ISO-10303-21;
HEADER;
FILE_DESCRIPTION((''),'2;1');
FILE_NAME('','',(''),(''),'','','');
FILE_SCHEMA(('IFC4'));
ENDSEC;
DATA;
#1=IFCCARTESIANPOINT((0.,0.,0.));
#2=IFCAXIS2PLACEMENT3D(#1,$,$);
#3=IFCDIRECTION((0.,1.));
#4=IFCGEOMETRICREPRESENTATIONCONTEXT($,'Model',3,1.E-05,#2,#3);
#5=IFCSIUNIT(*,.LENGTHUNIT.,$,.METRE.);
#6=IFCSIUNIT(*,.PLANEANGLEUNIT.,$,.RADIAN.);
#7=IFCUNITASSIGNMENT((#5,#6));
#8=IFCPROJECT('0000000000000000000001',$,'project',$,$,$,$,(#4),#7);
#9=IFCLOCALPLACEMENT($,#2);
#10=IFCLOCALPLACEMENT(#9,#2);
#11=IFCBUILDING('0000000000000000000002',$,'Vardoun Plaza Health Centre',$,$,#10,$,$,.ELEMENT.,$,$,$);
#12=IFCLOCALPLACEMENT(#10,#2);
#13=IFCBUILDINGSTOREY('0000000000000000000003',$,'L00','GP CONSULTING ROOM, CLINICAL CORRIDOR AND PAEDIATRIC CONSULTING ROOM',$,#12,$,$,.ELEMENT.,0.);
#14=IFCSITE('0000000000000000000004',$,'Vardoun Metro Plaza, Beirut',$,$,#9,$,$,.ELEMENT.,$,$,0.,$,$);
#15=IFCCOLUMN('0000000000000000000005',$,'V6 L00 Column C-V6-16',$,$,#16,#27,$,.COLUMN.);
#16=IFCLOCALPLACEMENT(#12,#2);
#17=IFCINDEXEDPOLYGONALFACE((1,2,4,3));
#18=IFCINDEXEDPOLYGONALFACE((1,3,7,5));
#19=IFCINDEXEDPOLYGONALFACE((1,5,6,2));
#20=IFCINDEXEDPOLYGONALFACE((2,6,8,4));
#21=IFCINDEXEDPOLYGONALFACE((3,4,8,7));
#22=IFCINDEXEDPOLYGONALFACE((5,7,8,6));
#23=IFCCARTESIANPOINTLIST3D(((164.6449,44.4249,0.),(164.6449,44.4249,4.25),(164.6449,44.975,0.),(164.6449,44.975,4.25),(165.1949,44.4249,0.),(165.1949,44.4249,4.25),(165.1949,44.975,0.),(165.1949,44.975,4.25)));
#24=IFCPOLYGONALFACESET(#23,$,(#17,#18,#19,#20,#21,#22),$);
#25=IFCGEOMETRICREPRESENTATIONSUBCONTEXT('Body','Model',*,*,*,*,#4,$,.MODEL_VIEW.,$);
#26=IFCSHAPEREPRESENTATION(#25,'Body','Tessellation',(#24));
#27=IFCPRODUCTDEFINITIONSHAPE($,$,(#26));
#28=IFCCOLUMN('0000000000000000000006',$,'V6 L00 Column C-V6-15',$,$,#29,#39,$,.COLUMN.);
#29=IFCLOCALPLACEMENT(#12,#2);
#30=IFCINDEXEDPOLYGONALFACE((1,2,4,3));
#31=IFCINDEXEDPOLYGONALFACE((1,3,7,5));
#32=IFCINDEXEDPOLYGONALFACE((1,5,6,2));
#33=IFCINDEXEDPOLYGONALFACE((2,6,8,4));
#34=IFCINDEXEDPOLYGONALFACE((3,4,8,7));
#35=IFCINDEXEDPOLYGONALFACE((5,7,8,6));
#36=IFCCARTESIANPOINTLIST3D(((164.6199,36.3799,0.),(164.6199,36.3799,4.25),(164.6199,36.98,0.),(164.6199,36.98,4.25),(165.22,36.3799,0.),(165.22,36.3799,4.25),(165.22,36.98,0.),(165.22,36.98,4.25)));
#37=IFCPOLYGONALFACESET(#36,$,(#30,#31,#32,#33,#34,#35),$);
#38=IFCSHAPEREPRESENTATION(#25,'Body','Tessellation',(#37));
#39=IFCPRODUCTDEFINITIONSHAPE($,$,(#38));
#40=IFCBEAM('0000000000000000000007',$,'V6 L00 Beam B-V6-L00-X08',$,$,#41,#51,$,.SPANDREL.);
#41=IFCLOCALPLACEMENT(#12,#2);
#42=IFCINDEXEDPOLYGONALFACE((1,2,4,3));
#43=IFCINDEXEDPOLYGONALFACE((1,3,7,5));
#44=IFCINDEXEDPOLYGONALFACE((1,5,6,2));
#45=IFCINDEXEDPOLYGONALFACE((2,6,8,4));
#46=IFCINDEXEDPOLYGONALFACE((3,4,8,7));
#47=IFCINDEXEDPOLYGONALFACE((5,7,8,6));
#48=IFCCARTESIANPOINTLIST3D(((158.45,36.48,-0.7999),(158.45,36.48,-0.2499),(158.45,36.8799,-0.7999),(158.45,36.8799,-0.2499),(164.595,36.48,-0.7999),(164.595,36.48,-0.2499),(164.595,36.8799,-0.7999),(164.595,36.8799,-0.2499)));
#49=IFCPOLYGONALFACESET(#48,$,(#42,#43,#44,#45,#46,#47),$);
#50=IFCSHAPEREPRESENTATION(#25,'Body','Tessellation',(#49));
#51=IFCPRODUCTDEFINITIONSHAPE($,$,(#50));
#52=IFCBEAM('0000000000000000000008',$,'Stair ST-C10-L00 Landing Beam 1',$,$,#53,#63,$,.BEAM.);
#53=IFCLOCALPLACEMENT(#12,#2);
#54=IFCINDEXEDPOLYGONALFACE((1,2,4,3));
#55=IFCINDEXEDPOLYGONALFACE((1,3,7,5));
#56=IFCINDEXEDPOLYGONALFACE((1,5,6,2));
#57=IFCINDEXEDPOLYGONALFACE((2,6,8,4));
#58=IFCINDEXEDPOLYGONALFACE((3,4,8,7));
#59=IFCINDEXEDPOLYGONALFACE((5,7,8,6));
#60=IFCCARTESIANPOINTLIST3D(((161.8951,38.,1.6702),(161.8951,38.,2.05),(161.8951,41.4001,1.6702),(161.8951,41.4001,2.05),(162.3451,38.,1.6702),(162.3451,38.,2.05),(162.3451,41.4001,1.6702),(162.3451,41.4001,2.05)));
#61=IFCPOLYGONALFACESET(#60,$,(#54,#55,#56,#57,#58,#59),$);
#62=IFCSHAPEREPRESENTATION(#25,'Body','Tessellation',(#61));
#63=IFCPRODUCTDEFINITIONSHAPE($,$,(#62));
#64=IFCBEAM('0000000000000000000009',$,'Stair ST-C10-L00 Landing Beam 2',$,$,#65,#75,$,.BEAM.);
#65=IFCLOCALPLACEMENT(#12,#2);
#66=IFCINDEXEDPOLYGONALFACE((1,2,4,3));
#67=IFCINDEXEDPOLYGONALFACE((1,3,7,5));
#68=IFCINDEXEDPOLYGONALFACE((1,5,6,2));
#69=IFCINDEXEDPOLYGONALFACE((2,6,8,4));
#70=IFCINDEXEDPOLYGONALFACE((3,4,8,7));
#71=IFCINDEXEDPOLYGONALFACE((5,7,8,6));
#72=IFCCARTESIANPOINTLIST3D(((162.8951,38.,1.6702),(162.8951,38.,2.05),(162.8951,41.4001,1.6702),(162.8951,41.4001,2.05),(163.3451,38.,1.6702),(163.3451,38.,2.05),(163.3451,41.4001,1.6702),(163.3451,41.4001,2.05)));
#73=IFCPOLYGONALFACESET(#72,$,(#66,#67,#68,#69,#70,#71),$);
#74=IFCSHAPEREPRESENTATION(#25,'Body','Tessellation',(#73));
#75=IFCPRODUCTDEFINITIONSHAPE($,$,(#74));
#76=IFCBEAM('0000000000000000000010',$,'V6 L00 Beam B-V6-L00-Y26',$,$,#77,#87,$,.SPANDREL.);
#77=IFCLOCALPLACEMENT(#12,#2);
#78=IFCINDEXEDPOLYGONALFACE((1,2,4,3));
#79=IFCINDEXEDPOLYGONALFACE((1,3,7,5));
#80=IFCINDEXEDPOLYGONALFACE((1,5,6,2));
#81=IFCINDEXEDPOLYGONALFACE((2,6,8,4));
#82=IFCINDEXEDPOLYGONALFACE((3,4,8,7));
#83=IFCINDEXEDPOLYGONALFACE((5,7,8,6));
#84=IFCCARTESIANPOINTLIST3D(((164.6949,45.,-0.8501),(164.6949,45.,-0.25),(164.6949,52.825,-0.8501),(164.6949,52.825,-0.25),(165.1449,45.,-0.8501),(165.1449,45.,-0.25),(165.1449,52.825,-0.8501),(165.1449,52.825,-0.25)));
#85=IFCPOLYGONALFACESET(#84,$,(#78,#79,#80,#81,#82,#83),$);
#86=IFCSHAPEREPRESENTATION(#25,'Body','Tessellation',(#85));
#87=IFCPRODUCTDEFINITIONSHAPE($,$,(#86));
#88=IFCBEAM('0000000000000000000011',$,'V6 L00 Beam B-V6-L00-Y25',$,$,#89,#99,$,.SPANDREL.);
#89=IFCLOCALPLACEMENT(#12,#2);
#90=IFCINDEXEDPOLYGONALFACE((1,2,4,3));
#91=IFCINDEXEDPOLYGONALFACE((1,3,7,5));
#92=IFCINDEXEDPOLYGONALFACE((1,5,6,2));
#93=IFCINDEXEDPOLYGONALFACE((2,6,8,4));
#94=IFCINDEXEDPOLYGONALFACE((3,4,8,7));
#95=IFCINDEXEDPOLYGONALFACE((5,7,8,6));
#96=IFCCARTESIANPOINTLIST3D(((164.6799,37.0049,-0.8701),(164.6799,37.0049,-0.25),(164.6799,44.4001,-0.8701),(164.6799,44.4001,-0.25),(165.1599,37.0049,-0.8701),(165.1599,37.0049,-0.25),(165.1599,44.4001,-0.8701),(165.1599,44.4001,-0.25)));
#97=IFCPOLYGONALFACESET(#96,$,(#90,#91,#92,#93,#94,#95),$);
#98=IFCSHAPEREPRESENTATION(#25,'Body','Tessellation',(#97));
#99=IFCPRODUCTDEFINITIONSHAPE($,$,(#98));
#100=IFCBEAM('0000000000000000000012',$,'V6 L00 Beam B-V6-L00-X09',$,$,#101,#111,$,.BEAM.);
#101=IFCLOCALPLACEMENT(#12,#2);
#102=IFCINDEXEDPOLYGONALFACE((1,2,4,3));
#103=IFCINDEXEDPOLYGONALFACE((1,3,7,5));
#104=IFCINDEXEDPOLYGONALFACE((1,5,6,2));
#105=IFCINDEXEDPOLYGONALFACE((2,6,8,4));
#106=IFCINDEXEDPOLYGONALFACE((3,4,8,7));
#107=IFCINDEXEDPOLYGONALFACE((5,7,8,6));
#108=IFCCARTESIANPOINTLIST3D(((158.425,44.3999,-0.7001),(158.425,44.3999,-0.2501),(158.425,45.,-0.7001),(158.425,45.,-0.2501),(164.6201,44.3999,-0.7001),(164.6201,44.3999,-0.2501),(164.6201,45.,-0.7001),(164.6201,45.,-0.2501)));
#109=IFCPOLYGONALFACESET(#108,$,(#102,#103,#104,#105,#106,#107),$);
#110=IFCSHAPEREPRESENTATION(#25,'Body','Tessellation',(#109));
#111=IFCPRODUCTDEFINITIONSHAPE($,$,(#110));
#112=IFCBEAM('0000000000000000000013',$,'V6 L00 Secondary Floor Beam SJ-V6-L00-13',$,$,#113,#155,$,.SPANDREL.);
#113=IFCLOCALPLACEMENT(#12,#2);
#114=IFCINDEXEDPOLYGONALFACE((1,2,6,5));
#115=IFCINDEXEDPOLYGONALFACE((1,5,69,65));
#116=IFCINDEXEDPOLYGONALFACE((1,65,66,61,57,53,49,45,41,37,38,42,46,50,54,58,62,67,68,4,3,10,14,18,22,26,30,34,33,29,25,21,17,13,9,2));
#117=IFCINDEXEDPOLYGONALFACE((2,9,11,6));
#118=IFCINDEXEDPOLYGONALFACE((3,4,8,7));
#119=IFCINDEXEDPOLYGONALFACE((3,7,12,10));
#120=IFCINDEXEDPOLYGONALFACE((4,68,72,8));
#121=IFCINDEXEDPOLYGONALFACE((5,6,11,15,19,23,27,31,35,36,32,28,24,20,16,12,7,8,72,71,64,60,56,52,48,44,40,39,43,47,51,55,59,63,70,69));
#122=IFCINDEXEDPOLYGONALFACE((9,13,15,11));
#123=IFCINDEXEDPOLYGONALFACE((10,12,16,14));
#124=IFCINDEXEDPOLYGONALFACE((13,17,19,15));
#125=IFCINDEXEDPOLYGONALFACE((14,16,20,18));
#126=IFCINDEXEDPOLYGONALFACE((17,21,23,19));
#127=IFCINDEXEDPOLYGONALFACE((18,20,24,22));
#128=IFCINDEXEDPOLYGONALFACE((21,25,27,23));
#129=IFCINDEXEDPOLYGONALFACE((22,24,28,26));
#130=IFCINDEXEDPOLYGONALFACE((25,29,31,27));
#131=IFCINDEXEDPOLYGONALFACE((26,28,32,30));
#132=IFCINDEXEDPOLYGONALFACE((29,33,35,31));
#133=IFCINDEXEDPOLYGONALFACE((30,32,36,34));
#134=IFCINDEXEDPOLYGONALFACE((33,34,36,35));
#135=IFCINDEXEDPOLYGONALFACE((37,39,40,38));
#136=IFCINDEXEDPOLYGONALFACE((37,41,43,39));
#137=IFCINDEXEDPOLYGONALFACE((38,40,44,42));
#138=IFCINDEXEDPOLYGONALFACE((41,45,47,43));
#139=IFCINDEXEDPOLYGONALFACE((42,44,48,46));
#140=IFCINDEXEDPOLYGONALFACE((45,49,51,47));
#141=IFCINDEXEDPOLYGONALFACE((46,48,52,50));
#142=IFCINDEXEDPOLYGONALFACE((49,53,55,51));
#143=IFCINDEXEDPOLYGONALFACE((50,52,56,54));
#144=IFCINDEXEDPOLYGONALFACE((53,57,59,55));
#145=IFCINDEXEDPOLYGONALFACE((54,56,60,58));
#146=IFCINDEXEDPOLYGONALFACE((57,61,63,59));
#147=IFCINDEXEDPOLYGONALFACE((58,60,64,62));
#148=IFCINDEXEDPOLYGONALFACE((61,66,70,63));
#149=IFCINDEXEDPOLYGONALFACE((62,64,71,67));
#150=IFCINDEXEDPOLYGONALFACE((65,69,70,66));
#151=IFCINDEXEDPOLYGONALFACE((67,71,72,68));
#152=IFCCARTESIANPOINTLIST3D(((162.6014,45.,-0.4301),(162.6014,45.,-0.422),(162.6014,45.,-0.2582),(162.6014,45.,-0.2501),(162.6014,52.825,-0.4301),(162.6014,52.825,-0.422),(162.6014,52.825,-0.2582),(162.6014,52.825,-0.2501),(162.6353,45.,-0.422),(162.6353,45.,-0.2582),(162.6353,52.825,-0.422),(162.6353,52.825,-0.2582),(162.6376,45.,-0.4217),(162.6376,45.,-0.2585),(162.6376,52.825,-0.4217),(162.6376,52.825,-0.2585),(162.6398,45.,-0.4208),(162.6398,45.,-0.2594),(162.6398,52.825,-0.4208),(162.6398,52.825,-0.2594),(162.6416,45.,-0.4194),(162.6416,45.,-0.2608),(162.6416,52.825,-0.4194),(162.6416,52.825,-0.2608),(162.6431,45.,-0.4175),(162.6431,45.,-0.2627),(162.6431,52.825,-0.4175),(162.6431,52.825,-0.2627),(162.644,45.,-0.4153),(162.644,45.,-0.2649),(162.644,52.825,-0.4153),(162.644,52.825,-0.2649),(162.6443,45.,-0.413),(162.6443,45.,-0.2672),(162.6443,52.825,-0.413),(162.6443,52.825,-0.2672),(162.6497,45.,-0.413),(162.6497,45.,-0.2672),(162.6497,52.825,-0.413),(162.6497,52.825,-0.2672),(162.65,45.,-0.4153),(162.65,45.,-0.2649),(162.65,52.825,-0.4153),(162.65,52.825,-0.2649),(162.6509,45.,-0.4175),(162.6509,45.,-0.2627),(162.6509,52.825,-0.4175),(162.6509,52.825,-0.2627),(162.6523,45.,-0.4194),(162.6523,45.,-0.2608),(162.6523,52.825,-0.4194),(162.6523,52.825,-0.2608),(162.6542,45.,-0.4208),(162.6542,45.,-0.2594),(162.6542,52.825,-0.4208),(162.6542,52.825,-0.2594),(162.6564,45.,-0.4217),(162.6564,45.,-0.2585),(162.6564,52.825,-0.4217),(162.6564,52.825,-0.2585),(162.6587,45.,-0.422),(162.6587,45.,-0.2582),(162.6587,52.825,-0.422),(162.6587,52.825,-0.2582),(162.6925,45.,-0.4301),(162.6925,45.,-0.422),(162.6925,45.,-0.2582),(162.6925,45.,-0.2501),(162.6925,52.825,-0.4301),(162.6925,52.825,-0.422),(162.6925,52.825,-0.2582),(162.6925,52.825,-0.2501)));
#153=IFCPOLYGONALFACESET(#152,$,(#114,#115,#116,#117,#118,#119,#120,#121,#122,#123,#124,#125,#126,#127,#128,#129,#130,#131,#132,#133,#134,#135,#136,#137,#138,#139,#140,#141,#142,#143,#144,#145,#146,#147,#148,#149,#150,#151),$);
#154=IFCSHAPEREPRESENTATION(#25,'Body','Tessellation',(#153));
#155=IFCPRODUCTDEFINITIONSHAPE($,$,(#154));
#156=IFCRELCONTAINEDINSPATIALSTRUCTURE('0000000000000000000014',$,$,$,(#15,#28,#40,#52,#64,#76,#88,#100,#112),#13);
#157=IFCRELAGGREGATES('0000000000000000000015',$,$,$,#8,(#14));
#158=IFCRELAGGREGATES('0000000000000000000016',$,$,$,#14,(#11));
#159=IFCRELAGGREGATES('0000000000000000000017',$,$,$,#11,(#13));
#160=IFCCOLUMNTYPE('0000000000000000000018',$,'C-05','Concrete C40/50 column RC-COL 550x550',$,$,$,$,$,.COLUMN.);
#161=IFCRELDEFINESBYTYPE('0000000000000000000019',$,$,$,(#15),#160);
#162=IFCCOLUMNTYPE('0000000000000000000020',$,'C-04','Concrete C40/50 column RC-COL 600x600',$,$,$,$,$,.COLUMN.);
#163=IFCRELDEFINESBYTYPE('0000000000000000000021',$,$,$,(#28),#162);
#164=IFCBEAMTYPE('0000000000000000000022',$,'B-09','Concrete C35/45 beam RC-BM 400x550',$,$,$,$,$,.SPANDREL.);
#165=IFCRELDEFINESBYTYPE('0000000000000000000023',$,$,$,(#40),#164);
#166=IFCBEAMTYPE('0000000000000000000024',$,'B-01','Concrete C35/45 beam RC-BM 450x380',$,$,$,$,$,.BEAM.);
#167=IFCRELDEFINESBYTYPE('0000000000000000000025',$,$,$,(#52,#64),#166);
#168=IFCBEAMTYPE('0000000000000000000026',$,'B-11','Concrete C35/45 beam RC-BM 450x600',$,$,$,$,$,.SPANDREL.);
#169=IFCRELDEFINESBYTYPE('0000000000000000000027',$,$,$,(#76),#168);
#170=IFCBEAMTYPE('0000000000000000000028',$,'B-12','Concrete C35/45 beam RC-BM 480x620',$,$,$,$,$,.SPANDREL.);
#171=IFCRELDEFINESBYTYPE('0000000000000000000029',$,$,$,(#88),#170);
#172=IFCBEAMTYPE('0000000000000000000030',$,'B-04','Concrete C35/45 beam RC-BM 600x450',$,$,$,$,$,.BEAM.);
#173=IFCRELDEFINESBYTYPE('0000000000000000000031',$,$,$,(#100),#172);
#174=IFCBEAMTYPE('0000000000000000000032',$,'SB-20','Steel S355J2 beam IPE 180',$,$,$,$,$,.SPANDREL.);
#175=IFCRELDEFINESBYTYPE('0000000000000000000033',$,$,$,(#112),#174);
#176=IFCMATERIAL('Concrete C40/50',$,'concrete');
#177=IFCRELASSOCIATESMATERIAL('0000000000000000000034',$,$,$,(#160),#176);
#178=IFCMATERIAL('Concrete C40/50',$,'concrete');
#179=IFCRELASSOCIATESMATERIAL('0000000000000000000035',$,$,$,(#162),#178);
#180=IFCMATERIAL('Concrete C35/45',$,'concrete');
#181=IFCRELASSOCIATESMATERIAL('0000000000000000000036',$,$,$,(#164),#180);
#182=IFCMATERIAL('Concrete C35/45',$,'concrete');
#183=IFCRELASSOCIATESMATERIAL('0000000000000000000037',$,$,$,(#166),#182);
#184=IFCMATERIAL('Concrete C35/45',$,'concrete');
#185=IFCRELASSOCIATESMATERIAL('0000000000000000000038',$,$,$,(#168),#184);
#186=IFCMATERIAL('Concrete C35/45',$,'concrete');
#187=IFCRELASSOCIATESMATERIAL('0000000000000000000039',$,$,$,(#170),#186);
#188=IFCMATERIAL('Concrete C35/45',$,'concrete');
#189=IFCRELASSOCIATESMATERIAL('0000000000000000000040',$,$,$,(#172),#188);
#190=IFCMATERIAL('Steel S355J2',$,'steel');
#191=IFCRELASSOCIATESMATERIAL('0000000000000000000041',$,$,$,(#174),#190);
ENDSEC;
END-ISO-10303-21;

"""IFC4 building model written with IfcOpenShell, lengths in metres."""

from ifc_helpers import new_model, si_unit, direction, frame, origin, origin_2d, place, context, subcontext, project, spatial, rectangle, i_section, extrude, material, material_profile, profile_set, type_object, element, save


model = new_model("IFC4")

# Units and contexts
model_context = context("Model", 3, precision=1e-05, world=origin(), true_north=direction((0.0, 1.0)))
body_context = subcontext(model_context, "Body", "Model", "MODEL_VIEW")
ifc_project = project(units=[si_unit("LENGTHUNIT", "METRE"), si_unit("PLANEANGLEUNIT", "RADIAN")], contexts=[model_context])

# Site, building, storey
site_placement = place(None, origin())
site = spatial("IfcSite", under=ifc_project, at=site_placement, Name="Vardoun Metro Plaza, Beirut", CompositionType="ELEMENT", RefElevation=0.0)
building_placement = place(site_placement, origin())
building = spatial("IfcBuilding", under=site, at=building_placement, Name="Vardoun Plaza Health Centre", CompositionType="ELEMENT")
storey_placement = place(building_placement, origin())
storey = spatial("IfcBuildingStorey", under=building, at=storey_placement, Name="L00", Description="GP CONSULTING ROOM, CLINICAL CORRIDOR AND PAEDIATRIC CONSULTING ROOM", CompositionType="ELEMENT", Elevation=0.0)

# Columns
ifc_material_1 = material(Name="Concrete C40/50", Category="concrete")
ifc_material_profile_1 = material_profile(ifc_material_1, rectangle(XDim=0.55, YDim=0.55, at=origin_2d()), Name="RC-COL 550x550")
ifc_profile_set_1 = profile_set([ifc_material_profile_1], Name="Concrete C40/50")
column_type_1 = type_object("IfcColumnType", Name="C-05", Description="Concrete C40/50 column RC-COL 550x550", PredefinedType="COLUMN", material=ifc_profile_set_1)
column_1_placement = place(storey_placement, frame((164.9199, 44.7, 0.0), z_axis=(0.0, 0.0, 1.0), x_axis=(1.0, 0.0, 0.0)))
element("IfcColumn", 1, at=column_1_placement, inside=storey, type_object=column_type_1, Name="V6 L00 Column C-V6-16", PredefinedType="COLUMN", context=body_context, shape_type="SweptSolid", body=[
    extrude(rectangle(XDim=0.55, YDim=0.55, at=origin_2d()), origin(), (0.0, 0.0, 1.0), 4.25),
])
ifc_material_2 = material(Name="Concrete C40/50", Category="concrete")
ifc_material_profile_2 = material_profile(ifc_material_2, rectangle(XDim=0.6001, YDim=0.6001, at=origin_2d()), Name="RC-COL 600x600")
ifc_profile_set_2 = profile_set([ifc_material_profile_2], Name="Concrete C40/50")
column_type_2 = type_object("IfcColumnType", Name="C-04", Description="Concrete C40/50 column RC-COL 600x600", PredefinedType="COLUMN", material=ifc_profile_set_2)
column_2_placement = place(storey_placement, frame((164.9199, 36.6799, 0.0), z_axis=(0.0, 0.0, 1.0), x_axis=(1.0, 0.0, 0.0)))
element("IfcColumn", 2, at=column_2_placement, inside=storey, type_object=column_type_2, Name="V6 L00 Column C-V6-15", PredefinedType="COLUMN", context=body_context, shape_type="SweptSolid", body=[
    extrude(rectangle(XDim=0.6001, YDim=0.6001, at=origin_2d()), origin(), (0.0, 0.0, 1.0), 4.25),
])

# Beams
ifc_material_3 = material(Name="Concrete C35/45", Category="concrete")
ifc_material_profile_3 = material_profile(ifc_material_3, rectangle(XDim=0.3999, YDim=0.55, at=origin_2d()), Name="RC-BM 400x550")
ifc_profile_set_3 = profile_set([ifc_material_profile_3], Name="Concrete C35/45")
beam_type_1 = type_object("IfcBeamType", Name="B-09", Description="Concrete C35/45 beam RC-BM 400x550", PredefinedType="SPANDREL", material=ifc_profile_set_3)
beam_1_placement = place(storey_placement, frame((158.45, 36.6799, -0.5249), z_axis=(1.0, 0.0, 0.0), x_axis=(0.0, 1.0, 0.0)))
element("IfcBeam", 3, at=beam_1_placement, inside=storey, type_object=beam_type_1, Name="V6 L00 Beam B-V6-L00-X08", PredefinedType="SPANDREL", context=body_context, shape_type="SweptSolid", body=[
    extrude(rectangle(XDim=0.3999, YDim=0.55, at=origin_2d()), origin(), (0.0, 0.0, 1.0), 6.145),
])
ifc_material_4 = material(Name="Concrete C35/45", Category="concrete")
ifc_material_profile_4 = material_profile(ifc_material_4, rectangle(XDim=0.45, YDim=0.3799, at=origin_2d()), Name="RC-BM 450x380")
ifc_profile_set_4 = profile_set([ifc_material_profile_4], Name="Concrete C35/45")
beam_type_2 = type_object("IfcBeamType", Name="B-01", Description="Concrete C35/45 beam RC-BM 450x380", PredefinedType="BEAM", material=ifc_profile_set_4)
for number, where, z_axis, x_axis, name in (
    (4, (162.1201, 38.0, 1.8601), (0.0, 1.0, 0.0), (-1.0, 0.0, 0.0), "Stair ST-C10-L00 Landing Beam 1"),
    (5, (163.1201, 38.0, 1.8601), (0.0, 1.0, 0.0), (-1.0, 0.0, 0.0), "Stair ST-C10-L00 Landing Beam 2"),
):
    element("IfcBeam", number, at=place(storey_placement, frame(where, z_axis=z_axis, x_axis=x_axis)), inside=storey, type_object=beam_type_2, Name=name, PredefinedType="BEAM", context=body_context, shape_type="SweptSolid", body=[
        extrude(rectangle(XDim=0.45, YDim=0.3799, at=origin_2d()), origin(), (0.0, 0.0, 1.0), 3.4001),
    ])
ifc_material_5 = material(Name="Concrete C35/45", Category="concrete")
ifc_material_profile_5 = material_profile(ifc_material_5, rectangle(XDim=0.45, YDim=0.6001, at=origin_2d()), Name="RC-BM 450x600")
ifc_profile_set_5 = profile_set([ifc_material_profile_5], Name="Concrete C35/45")
beam_type_3 = type_object("IfcBeamType", Name="B-11", Description="Concrete C35/45 beam RC-BM 450x600", PredefinedType="SPANDREL", material=ifc_profile_set_5)
beam_2_placement = place(storey_placement, frame((164.9199, 45.0, -0.55), z_axis=(0.0, 1.0, 0.0), x_axis=(-1.0, 0.0, 0.0)))
element("IfcBeam", 6, at=beam_2_placement, inside=storey, type_object=beam_type_3, Name="V6 L00 Beam B-V6-L00-Y26", PredefinedType="SPANDREL", context=body_context, shape_type="SweptSolid", body=[
    extrude(rectangle(XDim=0.45, YDim=0.6001, at=origin_2d()), origin(), (0.0, 0.0, 1.0), 7.825),
])
ifc_material_6 = material(Name="Concrete C35/45", Category="concrete")
ifc_material_profile_6 = material_profile(ifc_material_6, rectangle(XDim=0.48, YDim=0.6201, at=origin_2d()), Name="RC-BM 480x620")
ifc_profile_set_6 = profile_set([ifc_material_profile_6], Name="Concrete C35/45")
beam_type_4 = type_object("IfcBeamType", Name="B-12", Description="Concrete C35/45 beam RC-BM 480x620", PredefinedType="SPANDREL", material=ifc_profile_set_6)
beam_3_placement = place(storey_placement, frame((164.9199, 37.0049, -0.5601), z_axis=(0.0, 1.0, 0.0), x_axis=(-1.0, 0.0, 0.0)))
element("IfcBeam", 7, at=beam_3_placement, inside=storey, type_object=beam_type_4, Name="V6 L00 Beam B-V6-L00-Y25", PredefinedType="SPANDREL", context=body_context, shape_type="SweptSolid", body=[
    extrude(rectangle(XDim=0.48, YDim=0.6201, at=origin_2d()), origin(), (0.0, 0.0, 1.0), 7.3953),
])
ifc_material_7 = material(Name="Concrete C35/45", Category="concrete")
ifc_material_profile_7 = material_profile(ifc_material_7, rectangle(XDim=0.6001, YDim=0.45, at=origin_2d()), Name="RC-BM 600x450")
ifc_profile_set_7 = profile_set([ifc_material_profile_7], Name="Concrete C35/45")
beam_type_5 = type_object("IfcBeamType", Name="B-04", Description="Concrete C35/45 beam RC-BM 600x450", PredefinedType="BEAM", material=ifc_profile_set_7)
beam_4_placement = place(storey_placement, frame((158.425, 44.7, -0.4751), z_axis=(1.0, 0.0, 0.0), x_axis=(0.0, 1.0, 0.0)))
element("IfcBeam", 8, at=beam_4_placement, inside=storey, type_object=beam_type_5, Name="V6 L00 Beam B-V6-L00-X09", PredefinedType="BEAM", context=body_context, shape_type="SweptSolid", body=[
    extrude(rectangle(XDim=0.6001, YDim=0.45, at=origin_2d()), origin(), (0.0, 0.0, 1.0), 6.1951),
])
ifc_material_8 = material(Name="Steel S355J2", Category="steel")
ifc_material_profile_8 = material_profile(ifc_material_8, i_section(OverallWidth=0.0911, OverallDepth=0.1799, WebThickness=0.0054, FlangeThickness=0.0081, FilletRadius=0.009, at=origin_2d()), Name="IPE 180")
ifc_profile_set_8 = profile_set([ifc_material_profile_8], Name="Steel S355J2")
beam_type_6 = type_object("IfcBeamType", Name="SB-20", Description="Steel S355J2 beam IPE 180", PredefinedType="SPANDREL", material=ifc_profile_set_8)
beam_5_placement = place(storey_placement, frame((162.647, 45.0, -0.3401), z_axis=(0.0, 1.0, 0.0), x_axis=(-1.0, 0.0, 0.0)))
element("IfcBeam", 9, at=beam_5_placement, inside=storey, type_object=beam_type_6, Name="V6 L00 Secondary Floor Beam SJ-V6-L00-13", PredefinedType="SPANDREL", context=body_context, shape_type="SweptSolid", body=[
    extrude(i_section(OverallWidth=0.0911, OverallDepth=0.1799, WebThickness=0.0054, FlangeThickness=0.0081, FilletRadius=0.009, at=origin_2d()), origin(), (0.0, 0.0, 1.0), 7.825),
])

save(model, "model.ifc")
